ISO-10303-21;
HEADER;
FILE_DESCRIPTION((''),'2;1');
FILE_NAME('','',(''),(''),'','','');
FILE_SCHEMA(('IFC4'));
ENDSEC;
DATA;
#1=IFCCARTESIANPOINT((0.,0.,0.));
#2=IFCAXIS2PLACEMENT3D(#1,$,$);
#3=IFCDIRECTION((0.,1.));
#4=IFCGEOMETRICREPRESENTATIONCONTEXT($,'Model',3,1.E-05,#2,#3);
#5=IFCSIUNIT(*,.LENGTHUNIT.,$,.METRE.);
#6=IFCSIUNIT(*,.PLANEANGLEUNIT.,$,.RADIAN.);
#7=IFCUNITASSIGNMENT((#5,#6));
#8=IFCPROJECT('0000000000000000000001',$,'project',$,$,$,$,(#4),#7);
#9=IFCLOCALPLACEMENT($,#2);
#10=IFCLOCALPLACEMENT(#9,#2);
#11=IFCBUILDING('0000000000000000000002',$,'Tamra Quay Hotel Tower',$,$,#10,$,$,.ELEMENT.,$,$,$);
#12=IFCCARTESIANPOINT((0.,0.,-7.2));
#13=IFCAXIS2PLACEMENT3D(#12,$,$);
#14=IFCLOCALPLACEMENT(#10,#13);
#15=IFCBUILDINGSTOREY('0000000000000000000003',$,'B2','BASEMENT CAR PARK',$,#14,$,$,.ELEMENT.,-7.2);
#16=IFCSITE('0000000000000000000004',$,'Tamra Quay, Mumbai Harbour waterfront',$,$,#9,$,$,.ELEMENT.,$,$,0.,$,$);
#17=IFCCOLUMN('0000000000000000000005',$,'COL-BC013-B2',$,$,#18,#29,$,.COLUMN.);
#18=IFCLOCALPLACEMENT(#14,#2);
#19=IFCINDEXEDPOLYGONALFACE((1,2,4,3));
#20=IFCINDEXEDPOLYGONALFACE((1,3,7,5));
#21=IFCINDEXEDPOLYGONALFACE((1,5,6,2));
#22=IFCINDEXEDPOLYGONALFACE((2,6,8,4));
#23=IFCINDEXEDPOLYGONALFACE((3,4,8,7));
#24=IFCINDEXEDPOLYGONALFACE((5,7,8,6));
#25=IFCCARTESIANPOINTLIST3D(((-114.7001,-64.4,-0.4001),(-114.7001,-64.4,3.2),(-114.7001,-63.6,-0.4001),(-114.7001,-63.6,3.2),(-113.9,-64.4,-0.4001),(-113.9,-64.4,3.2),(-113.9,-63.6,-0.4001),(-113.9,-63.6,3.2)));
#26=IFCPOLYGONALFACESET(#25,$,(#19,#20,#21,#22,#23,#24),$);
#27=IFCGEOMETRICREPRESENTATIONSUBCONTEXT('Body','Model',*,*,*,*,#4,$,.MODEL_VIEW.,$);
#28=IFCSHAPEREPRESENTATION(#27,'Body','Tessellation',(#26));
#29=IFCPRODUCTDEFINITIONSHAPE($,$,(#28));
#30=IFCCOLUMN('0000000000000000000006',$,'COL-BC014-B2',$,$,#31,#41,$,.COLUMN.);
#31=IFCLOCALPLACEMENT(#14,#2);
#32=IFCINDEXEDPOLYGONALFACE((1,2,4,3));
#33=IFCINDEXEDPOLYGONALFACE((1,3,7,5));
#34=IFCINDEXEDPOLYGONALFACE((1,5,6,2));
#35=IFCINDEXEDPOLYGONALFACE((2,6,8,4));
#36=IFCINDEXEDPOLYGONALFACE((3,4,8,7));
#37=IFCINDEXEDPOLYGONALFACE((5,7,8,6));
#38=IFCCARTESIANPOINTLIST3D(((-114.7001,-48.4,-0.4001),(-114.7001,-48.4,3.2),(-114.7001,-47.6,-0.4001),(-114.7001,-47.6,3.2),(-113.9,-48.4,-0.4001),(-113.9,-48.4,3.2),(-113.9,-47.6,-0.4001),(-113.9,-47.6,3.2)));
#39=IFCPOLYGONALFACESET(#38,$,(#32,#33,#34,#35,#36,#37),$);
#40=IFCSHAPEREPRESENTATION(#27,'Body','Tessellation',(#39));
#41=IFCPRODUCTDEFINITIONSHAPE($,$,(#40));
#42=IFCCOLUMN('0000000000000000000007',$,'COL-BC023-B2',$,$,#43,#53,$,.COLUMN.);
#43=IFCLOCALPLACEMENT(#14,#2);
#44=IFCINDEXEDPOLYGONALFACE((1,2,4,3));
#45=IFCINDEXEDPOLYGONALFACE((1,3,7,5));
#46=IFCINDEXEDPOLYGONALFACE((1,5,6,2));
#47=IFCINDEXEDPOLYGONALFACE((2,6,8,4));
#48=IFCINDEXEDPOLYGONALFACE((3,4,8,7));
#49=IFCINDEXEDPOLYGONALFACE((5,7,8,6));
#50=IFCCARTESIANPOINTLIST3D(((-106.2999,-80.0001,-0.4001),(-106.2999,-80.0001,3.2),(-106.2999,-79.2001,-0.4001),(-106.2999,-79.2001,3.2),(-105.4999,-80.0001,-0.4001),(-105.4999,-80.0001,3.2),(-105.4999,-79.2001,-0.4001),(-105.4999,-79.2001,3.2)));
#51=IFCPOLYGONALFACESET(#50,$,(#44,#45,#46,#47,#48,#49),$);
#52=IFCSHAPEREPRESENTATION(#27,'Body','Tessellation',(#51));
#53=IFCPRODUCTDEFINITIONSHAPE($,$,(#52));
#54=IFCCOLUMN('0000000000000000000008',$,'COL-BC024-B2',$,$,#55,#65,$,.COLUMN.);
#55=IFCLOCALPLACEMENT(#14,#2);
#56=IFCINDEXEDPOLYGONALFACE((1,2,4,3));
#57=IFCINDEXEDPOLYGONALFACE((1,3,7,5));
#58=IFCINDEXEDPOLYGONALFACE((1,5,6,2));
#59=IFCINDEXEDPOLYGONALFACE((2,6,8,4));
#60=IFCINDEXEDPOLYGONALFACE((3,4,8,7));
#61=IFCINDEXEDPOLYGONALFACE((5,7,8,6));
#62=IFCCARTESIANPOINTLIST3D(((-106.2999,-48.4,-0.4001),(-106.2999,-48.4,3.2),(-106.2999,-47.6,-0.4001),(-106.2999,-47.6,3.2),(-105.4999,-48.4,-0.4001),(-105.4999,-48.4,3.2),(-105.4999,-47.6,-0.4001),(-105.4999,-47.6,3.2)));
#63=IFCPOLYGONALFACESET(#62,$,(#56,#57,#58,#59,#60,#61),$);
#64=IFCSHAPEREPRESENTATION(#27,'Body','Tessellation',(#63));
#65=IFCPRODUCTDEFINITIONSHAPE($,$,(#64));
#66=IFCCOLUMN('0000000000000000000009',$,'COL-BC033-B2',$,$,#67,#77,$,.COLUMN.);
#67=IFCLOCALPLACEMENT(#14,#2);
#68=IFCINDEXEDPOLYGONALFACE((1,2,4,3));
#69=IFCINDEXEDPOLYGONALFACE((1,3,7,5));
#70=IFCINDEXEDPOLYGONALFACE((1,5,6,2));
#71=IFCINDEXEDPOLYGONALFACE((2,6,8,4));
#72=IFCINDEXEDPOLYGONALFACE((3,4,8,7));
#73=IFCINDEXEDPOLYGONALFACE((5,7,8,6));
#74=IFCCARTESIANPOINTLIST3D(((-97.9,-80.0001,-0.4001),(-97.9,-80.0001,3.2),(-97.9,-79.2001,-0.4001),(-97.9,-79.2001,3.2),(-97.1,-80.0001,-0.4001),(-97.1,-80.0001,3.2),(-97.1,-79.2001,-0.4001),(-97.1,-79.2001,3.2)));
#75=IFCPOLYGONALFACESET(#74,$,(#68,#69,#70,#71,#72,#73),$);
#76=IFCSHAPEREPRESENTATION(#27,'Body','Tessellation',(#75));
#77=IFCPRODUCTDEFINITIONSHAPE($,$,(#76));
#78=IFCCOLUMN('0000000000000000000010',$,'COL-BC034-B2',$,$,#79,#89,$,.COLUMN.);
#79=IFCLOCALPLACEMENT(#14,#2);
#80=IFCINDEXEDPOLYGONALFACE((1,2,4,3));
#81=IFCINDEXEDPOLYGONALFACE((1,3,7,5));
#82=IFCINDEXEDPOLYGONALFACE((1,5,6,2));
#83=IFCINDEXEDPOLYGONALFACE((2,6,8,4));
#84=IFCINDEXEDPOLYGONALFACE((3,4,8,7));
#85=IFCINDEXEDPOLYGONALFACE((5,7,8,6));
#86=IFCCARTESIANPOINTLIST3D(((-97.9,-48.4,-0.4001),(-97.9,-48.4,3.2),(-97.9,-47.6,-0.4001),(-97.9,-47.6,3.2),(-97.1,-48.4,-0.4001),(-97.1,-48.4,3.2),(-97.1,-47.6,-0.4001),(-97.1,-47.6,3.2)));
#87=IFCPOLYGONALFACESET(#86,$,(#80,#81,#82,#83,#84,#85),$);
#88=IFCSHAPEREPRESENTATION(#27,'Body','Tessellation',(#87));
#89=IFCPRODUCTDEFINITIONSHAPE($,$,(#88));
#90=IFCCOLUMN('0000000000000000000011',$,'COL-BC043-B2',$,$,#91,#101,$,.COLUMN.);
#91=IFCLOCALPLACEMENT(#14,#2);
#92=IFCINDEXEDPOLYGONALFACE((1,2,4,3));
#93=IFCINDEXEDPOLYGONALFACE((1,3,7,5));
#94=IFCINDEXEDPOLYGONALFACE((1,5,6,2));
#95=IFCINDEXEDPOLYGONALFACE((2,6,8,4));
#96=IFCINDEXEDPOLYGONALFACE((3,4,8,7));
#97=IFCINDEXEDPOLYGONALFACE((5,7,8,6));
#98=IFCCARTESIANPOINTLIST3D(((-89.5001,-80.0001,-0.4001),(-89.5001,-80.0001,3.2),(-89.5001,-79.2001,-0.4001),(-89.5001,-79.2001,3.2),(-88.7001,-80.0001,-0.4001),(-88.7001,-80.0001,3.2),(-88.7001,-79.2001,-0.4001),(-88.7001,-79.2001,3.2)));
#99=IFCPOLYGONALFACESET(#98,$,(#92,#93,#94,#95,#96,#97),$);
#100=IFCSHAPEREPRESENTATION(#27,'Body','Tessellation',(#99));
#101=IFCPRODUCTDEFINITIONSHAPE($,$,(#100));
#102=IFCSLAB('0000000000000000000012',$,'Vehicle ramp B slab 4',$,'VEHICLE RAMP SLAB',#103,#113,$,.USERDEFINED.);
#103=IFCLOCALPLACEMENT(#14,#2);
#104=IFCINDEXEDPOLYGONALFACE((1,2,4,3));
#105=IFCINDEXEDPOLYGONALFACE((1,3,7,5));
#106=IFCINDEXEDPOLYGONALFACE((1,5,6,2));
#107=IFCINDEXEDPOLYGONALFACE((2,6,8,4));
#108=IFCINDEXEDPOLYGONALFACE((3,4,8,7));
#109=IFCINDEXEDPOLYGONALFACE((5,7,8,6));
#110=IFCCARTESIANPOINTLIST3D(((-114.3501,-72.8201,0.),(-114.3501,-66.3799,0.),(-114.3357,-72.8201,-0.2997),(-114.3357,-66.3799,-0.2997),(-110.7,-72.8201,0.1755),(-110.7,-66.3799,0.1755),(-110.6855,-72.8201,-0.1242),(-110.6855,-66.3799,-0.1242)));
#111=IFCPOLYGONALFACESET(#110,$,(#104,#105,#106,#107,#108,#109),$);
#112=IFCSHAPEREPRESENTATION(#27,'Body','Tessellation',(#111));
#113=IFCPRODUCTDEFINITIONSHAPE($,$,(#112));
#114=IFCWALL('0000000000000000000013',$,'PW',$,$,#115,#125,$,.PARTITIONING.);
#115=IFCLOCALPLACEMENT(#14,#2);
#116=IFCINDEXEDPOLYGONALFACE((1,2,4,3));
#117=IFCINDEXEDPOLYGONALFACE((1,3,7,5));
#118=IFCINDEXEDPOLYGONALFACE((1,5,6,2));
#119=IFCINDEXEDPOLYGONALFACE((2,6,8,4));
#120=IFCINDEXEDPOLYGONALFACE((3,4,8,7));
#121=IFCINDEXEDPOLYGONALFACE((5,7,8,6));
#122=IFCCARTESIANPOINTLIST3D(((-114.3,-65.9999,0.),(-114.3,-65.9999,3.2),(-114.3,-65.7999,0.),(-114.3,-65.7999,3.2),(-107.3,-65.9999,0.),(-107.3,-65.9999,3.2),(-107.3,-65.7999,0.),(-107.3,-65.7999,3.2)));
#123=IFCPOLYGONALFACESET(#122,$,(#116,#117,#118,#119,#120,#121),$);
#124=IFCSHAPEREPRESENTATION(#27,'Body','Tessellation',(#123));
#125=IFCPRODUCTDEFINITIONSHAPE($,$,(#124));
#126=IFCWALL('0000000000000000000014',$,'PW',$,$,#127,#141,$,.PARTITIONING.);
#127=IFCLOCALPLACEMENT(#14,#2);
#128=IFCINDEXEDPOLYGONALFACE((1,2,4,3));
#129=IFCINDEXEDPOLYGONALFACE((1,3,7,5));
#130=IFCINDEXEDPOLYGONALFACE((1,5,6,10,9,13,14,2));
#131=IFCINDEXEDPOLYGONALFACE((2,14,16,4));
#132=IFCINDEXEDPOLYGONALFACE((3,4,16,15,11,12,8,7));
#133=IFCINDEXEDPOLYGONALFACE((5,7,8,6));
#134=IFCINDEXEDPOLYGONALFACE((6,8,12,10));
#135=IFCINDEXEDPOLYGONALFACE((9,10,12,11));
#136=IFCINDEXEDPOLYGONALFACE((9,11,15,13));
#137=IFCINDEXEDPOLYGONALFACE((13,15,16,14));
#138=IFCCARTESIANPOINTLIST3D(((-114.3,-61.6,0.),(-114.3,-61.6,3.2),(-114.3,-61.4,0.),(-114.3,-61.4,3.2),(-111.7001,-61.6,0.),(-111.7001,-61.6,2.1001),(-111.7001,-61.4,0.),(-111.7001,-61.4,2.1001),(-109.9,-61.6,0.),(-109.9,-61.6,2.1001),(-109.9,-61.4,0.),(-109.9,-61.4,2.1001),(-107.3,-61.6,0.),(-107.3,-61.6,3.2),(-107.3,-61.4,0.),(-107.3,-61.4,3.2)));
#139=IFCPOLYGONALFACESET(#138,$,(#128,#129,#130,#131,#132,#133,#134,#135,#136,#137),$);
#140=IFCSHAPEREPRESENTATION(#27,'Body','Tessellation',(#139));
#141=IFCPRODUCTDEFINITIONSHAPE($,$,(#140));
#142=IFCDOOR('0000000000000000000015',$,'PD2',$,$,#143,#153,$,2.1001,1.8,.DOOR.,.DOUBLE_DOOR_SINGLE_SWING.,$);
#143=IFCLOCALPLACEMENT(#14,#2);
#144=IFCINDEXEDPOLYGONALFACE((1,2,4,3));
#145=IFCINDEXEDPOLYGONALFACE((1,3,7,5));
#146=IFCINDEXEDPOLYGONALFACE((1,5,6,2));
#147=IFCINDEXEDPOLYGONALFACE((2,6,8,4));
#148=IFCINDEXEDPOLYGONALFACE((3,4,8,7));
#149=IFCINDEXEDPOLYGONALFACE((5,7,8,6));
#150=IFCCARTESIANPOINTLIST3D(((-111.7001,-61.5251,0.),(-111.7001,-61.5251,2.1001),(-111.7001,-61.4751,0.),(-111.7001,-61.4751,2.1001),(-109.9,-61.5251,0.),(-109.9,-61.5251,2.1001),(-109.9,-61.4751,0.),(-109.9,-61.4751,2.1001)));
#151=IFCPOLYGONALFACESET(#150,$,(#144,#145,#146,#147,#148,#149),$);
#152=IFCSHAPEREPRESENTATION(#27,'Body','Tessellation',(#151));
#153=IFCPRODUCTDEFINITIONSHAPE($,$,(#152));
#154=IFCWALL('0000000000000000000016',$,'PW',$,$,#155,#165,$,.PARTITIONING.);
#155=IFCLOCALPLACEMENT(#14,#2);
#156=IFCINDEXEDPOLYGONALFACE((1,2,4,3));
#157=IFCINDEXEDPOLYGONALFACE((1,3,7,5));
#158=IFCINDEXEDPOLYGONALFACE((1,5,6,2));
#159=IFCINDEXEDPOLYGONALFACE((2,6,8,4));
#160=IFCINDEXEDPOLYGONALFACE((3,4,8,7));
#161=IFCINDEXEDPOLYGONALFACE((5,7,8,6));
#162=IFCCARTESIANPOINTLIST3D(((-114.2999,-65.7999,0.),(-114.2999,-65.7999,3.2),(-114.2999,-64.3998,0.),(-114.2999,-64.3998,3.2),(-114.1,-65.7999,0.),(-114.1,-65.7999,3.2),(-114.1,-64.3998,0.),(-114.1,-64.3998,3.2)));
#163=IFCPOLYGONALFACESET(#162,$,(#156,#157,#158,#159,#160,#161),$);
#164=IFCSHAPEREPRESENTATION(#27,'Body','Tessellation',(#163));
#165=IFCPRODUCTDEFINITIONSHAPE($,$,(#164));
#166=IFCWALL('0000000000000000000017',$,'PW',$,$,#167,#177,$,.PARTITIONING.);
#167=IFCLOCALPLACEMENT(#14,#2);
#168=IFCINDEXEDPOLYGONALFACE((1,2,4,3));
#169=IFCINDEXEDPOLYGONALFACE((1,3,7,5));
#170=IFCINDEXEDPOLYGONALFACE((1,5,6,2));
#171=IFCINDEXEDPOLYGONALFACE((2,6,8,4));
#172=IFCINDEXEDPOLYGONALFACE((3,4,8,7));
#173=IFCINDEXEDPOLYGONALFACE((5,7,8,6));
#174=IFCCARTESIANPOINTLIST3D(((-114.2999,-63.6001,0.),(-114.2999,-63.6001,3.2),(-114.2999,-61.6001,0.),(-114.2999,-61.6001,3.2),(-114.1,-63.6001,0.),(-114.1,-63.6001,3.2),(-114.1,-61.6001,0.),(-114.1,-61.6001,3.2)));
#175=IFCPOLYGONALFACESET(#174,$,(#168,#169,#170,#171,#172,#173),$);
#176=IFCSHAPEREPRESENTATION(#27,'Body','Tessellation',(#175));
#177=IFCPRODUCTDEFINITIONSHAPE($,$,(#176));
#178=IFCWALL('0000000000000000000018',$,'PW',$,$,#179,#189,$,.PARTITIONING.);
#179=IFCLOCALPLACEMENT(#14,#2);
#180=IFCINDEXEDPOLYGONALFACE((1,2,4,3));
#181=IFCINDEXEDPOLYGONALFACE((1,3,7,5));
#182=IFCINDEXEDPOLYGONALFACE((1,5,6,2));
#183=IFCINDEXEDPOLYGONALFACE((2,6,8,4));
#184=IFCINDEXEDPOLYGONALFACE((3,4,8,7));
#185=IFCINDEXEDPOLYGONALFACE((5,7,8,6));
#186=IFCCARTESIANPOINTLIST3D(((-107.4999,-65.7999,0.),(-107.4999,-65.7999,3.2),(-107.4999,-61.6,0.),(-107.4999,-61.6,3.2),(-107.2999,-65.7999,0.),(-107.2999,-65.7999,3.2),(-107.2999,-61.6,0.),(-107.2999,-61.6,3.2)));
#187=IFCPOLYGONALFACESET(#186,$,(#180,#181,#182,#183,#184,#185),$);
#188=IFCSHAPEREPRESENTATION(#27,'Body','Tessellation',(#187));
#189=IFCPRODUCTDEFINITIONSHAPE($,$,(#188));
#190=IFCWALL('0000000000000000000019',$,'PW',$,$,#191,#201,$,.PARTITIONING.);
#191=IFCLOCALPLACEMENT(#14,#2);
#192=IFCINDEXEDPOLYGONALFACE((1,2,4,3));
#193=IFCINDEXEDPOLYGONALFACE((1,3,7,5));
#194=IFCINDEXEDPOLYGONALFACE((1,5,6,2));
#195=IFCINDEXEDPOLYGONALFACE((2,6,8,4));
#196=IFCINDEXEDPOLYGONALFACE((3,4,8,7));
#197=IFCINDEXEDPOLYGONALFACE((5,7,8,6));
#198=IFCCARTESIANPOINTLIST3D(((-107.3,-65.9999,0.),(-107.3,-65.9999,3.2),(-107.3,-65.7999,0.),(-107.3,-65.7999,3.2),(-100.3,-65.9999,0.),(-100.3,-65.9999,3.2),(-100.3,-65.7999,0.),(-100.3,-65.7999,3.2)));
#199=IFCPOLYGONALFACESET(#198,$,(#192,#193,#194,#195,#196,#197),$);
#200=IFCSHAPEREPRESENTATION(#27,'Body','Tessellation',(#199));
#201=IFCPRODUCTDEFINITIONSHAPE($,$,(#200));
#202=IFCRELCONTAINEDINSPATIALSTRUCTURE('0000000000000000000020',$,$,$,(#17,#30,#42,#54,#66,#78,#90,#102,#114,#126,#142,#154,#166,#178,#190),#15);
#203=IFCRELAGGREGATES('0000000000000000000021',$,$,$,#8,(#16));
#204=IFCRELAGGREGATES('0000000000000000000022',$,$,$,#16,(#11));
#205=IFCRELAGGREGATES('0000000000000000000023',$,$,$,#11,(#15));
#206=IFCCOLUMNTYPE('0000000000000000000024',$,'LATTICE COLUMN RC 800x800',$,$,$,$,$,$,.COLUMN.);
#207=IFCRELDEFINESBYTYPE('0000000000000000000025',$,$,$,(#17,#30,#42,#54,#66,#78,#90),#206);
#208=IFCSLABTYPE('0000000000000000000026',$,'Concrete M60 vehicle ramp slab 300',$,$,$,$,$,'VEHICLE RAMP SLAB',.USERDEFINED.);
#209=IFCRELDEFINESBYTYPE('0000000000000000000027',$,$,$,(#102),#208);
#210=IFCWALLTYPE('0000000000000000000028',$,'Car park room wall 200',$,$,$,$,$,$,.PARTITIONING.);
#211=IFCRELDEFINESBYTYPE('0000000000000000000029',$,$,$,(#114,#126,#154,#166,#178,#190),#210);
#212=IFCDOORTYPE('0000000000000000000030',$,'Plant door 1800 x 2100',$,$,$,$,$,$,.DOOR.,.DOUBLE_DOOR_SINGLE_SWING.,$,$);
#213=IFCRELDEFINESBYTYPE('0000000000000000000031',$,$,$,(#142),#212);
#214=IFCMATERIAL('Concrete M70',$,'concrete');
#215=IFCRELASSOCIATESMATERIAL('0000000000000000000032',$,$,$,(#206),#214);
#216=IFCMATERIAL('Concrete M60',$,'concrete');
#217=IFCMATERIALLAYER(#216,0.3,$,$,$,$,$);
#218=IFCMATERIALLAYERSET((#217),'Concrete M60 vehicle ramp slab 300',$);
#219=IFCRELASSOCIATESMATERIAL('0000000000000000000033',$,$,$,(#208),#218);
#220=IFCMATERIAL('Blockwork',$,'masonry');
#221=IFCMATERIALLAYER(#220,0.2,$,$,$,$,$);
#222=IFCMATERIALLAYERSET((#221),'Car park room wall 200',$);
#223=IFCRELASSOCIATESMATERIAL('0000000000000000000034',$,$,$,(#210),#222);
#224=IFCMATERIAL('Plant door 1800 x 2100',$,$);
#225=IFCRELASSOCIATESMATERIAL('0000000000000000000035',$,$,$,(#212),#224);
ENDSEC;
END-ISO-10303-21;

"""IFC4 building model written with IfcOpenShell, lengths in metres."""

from ifc_helpers import new_model, si_unit, direction, frame, frame_2d, origin, origin_2d, place, context, subcontext, project, spatial, polyline, rectangle, outline, extrude, material, layer, layer_set, material_profile, profile_set, type_object, element, fill, save


model = new_model("IFC4")

# Units and contexts
model_context = context("Model", 3, precision=1e-05, world=origin(), true_north=direction((0.0, 1.0)))
body_context = subcontext(model_context, "Body", "Model", "MODEL_VIEW")
ifc_project = project(units=[si_unit("LENGTHUNIT", "METRE"), si_unit("PLANEANGLEUNIT", "RADIAN")], contexts=[model_context])

# Site, building, storey
site_placement = place(None, origin())
site = spatial("IfcSite", under=ifc_project, at=site_placement, Name="Tamra Quay, Mumbai Harbour waterfront", CompositionType="ELEMENT", RefElevation=0.0)
building_placement = place(site_placement, origin())
building = spatial("IfcBuilding", under=site, at=building_placement, Name="Tamra Quay Hotel Tower", CompositionType="ELEMENT")
storey_placement = place(building_placement, frame((0.0, 0.0, -7.2)))
storey = spatial("IfcBuildingStorey", under=building, at=storey_placement, Name="B2", Description="BASEMENT CAR PARK", CompositionType="ELEMENT", Elevation=-7.2)

# Columns
ifc_material_1 = material(Name="Concrete M70", Category="concrete")
ifc_material_profile = material_profile(ifc_material_1, rectangle(XDim=0.8, YDim=0.8, at=origin_2d()), Name="LATTICE COLUMN RC 800x800")
ifc_profile_set = profile_set([ifc_material_profile], Name="Concrete M70")
column_type = type_object("IfcColumnType", Name="LATTICE COLUMN RC 800x800", PredefinedType="COLUMN", material=ifc_profile_set)
for number, where, z_axis, x_axis, name in (
    (1, (-114.3, -64.0, -0.4001), (0.0, 0.0, 1.0), (1.0, 0.0, 0.0), "COL-BC013-B2"),
    (2, (-114.3, -48.0, -0.4001), (0.0, 0.0, 1.0), (1.0, 0.0, 0.0), "COL-BC014-B2"),
    (3, (-105.8999, -79.6001, -0.4001), (0.0, 0.0, 1.0), (1.0, 0.0, 0.0), "COL-BC023-B2"),
    (4, (-105.8999, -48.0, -0.4001), (0.0, 0.0, 1.0), (1.0, 0.0, 0.0), "COL-BC024-B2"),
    (5, (-97.5, -79.6001, -0.4001), (0.0, 0.0, 1.0), (1.0, 0.0, 0.0), "COL-BC033-B2"),
    (6, (-97.5, -48.0, -0.4001), (0.0, 0.0, 1.0), (1.0, 0.0, 0.0), "COL-BC034-B2"),
    (7, (-89.1001, -79.6001, -0.4001), (0.0, 0.0, 1.0), (1.0, 0.0, 0.0), "COL-BC043-B2"),
):
    element("IfcColumn", number, at=place(storey_placement, frame(where, z_axis=z_axis, x_axis=x_axis)), inside=storey, type_object=column_type, Name=name, PredefinedType="COLUMN", context=body_context, shape_type="SweptSolid", body=[
        extrude(rectangle(XDim=0.8, YDim=0.8, at=origin_2d()), origin(), (0.0, 0.0, 1.0), 3.6001),
    ])

# Slab
ifc_material_2 = material(Name="Concrete M60", Category="concrete")
ifc_layer_1 = layer(ifc_material_2, 0.3)
ifc_layer_set_1 = layer_set([ifc_layer_1], Name="Concrete M60 vehicle ramp slab 300")
slab_type = type_object("IfcSlabType", Name="Concrete M60 vehicle ramp slab 300", ElementType="VEHICLE RAMP SLAB", PredefinedType="USERDEFINED", material=ifc_layer_set_1)
slab_placement = place(storey_placement, frame((-110.7, -72.8201, 0.1755), z_axis=(-0.048035, 0.0, 0.998846), x_axis=(-0.998846, 0.0, -0.048035)))
element("IfcSlab", 8, at=slab_placement, inside=storey, type_object=slab_type, Name="Vehicle ramp B slab 4", ObjectType="VEHICLE RAMP SLAB", PredefinedType="USERDEFINED", context=body_context, shape_type="SweptSolid", body=[
    extrude(outline(polyline([(0.0, 0.0), (3.6544, 0.0), (3.6544, -6.4402), (0.0, -6.4402), (0.0, 0.0)])), origin(), (0.0, 0.0, -1.0), 0.3),
])

# Wall
ifc_material_3 = material(Name="Blockwork", Category="masonry")
ifc_layer_2 = layer(ifc_material_3, 0.2)
ifc_layer_set_2 = layer_set([ifc_layer_2], Name="Car park room wall 200")
wall_type_1 = type_object("IfcWallType", Name="Car park room wall 200", PredefinedType="PARTITIONING", material=ifc_layer_set_2)
wall_1_placement = place(storey_placement, frame((-114.3, -65.8999, 0.0), z_axis=(0.0, 0.0, 1.0), x_axis=(1.0, 0.0, 0.0)))
element("IfcWall", 9, at=wall_1_placement, inside=storey, type_object=wall_type_1, Name="PW", PredefinedType="PARTITIONING", context=body_context, shape_type="SweptSolid", body=[
    extrude(rectangle(XDim=7.0, YDim=0.2, at=frame_2d((3.5, 0.0))), origin(), (0.0, 0.0, 1.0), 3.2),
])

# Wall, opening, door
wall_2_placement = place(storey_placement, frame((-114.3, -61.5, 0.0), z_axis=(0.0, 0.0, 1.0), x_axis=(1.0, 0.0, 0.0)))
wall_2 = element("IfcWall", 10, at=wall_2_placement, inside=storey, type_object=wall_type_1, Name="PW", PredefinedType="PARTITIONING", context=body_context, shape_type="SweptSolid", body=[
    extrude(rectangle(XDim=7.0, YDim=0.2, at=frame_2d((3.5, 0.0))), origin(), (0.0, 0.0, 1.0), 3.2),
])
opening_1_placement = place(wall_2_placement, frame((2.6001, 0.0, 0.0)))
opening_1 = element("IfcOpeningElement", 11, at=opening_1_placement, cuts=wall_2, PredefinedType="OPENING", context=body_context, shape_type="SweptSolid", body=[
    extrude(rectangle(XDim=1.8, YDim=2.1001, at=frame_2d((0.8999, 1.05))), frame((0.0, 0.1099, 0.0), z_axis=(0.0, -1.0, 0.0), x_axis=(1.0, 0.0, 0.0)), (0.0, 0.0, 1.0), 0.22),
])
ifc_material_4 = material(Name="Plant door 1800 x 2100")
door_type_1 = type_object("IfcDoorType", Name="Plant door 1800 x 2100", OperationType="DOUBLE_DOOR_SINGLE_SWING", PredefinedType="DOOR", material=ifc_material_4)
door_1_placement = place(opening_1_placement, origin())
door_1 = element("IfcDoor", 12, at=door_1_placement, inside=storey, type_object=door_type_1, Name="PD2", OperationType="DOUBLE_DOOR_SINGLE_SWING", OverallHeight=2.1001, OverallWidth=1.8, PredefinedType="DOOR", context=body_context, shape_type="SweptSolid", body=[
    extrude(rectangle(XDim=1.8, YDim=2.1001, at=frame_2d((0.8999, 1.05))), frame((0.0, 0.0249, 0.0), z_axis=(0.0, -1.0, 0.0), x_axis=(1.0, 0.0, 0.0)), (0.0, 0.0, 1.0), 0.05),
])
fill(opening_1, door_1)

# Walls
wall_3_placement = place(storey_placement, frame((-114.2, -65.8, 0.0), z_axis=(0.0, 0.0, 1.0), x_axis=(0.0, 1.0, 0.0)))
element("IfcWall", 13, at=wall_3_placement, inside=storey, type_object=wall_type_1, Name="PW", PredefinedType="PARTITIONING", context=body_context, shape_type="SweptSolid", body=[
    extrude(rectangle(XDim=1.4001, YDim=0.2, at=frame_2d((0.7002, 0.0))), origin(), (0.0, 0.0, 1.0), 3.2),
])
wall_4_placement = place(storey_placement, frame((-114.2, -63.6001, 0.0), z_axis=(0.0, 0.0, 1.0), x_axis=(0.0, 1.0, 0.0)))
element("IfcWall", 14, at=wall_4_placement, inside=storey, type_object=wall_type_1, Name="PW", PredefinedType="PARTITIONING", context=body_context, shape_type="SweptSolid", body=[
    extrude(rectangle(XDim=2.0, YDim=0.2, at=frame_2d((1.0, 0.0))), origin(), (0.0, 0.0, 1.0), 3.2),
])
wall_5_placement = place(storey_placement, frame((-107.3999, -65.8, 0.0), z_axis=(0.0, 0.0, 1.0), x_axis=(0.0, 1.0, 0.0)))
element("IfcWall", 15, at=wall_5_placement, inside=storey, type_object=wall_type_1, Name="PW", PredefinedType="PARTITIONING", context=body_context, shape_type="SweptSolid", body=[
    extrude(rectangle(XDim=4.2, YDim=0.2, at=frame_2d((2.1001, 0.0))), origin(), (0.0, 0.0, 1.0), 3.2),
])
wall_6_placement = place(storey_placement, frame((-107.3, -65.8999, 0.0), z_axis=(0.0, 0.0, 1.0), x_axis=(1.0, 0.0, 0.0)))
element("IfcWall", 16, at=wall_6_placement, inside=storey, type_object=wall_type_1, Name="PW", PredefinedType="PARTITIONING", context=body_context, shape_type="SweptSolid", body=[
    extrude(rectangle(XDim=7.0, YDim=0.2, at=frame_2d((3.5, 0.0))), origin(), (0.0, 0.0, 1.0), 3.2),
])

save(model, "model.ifc")
